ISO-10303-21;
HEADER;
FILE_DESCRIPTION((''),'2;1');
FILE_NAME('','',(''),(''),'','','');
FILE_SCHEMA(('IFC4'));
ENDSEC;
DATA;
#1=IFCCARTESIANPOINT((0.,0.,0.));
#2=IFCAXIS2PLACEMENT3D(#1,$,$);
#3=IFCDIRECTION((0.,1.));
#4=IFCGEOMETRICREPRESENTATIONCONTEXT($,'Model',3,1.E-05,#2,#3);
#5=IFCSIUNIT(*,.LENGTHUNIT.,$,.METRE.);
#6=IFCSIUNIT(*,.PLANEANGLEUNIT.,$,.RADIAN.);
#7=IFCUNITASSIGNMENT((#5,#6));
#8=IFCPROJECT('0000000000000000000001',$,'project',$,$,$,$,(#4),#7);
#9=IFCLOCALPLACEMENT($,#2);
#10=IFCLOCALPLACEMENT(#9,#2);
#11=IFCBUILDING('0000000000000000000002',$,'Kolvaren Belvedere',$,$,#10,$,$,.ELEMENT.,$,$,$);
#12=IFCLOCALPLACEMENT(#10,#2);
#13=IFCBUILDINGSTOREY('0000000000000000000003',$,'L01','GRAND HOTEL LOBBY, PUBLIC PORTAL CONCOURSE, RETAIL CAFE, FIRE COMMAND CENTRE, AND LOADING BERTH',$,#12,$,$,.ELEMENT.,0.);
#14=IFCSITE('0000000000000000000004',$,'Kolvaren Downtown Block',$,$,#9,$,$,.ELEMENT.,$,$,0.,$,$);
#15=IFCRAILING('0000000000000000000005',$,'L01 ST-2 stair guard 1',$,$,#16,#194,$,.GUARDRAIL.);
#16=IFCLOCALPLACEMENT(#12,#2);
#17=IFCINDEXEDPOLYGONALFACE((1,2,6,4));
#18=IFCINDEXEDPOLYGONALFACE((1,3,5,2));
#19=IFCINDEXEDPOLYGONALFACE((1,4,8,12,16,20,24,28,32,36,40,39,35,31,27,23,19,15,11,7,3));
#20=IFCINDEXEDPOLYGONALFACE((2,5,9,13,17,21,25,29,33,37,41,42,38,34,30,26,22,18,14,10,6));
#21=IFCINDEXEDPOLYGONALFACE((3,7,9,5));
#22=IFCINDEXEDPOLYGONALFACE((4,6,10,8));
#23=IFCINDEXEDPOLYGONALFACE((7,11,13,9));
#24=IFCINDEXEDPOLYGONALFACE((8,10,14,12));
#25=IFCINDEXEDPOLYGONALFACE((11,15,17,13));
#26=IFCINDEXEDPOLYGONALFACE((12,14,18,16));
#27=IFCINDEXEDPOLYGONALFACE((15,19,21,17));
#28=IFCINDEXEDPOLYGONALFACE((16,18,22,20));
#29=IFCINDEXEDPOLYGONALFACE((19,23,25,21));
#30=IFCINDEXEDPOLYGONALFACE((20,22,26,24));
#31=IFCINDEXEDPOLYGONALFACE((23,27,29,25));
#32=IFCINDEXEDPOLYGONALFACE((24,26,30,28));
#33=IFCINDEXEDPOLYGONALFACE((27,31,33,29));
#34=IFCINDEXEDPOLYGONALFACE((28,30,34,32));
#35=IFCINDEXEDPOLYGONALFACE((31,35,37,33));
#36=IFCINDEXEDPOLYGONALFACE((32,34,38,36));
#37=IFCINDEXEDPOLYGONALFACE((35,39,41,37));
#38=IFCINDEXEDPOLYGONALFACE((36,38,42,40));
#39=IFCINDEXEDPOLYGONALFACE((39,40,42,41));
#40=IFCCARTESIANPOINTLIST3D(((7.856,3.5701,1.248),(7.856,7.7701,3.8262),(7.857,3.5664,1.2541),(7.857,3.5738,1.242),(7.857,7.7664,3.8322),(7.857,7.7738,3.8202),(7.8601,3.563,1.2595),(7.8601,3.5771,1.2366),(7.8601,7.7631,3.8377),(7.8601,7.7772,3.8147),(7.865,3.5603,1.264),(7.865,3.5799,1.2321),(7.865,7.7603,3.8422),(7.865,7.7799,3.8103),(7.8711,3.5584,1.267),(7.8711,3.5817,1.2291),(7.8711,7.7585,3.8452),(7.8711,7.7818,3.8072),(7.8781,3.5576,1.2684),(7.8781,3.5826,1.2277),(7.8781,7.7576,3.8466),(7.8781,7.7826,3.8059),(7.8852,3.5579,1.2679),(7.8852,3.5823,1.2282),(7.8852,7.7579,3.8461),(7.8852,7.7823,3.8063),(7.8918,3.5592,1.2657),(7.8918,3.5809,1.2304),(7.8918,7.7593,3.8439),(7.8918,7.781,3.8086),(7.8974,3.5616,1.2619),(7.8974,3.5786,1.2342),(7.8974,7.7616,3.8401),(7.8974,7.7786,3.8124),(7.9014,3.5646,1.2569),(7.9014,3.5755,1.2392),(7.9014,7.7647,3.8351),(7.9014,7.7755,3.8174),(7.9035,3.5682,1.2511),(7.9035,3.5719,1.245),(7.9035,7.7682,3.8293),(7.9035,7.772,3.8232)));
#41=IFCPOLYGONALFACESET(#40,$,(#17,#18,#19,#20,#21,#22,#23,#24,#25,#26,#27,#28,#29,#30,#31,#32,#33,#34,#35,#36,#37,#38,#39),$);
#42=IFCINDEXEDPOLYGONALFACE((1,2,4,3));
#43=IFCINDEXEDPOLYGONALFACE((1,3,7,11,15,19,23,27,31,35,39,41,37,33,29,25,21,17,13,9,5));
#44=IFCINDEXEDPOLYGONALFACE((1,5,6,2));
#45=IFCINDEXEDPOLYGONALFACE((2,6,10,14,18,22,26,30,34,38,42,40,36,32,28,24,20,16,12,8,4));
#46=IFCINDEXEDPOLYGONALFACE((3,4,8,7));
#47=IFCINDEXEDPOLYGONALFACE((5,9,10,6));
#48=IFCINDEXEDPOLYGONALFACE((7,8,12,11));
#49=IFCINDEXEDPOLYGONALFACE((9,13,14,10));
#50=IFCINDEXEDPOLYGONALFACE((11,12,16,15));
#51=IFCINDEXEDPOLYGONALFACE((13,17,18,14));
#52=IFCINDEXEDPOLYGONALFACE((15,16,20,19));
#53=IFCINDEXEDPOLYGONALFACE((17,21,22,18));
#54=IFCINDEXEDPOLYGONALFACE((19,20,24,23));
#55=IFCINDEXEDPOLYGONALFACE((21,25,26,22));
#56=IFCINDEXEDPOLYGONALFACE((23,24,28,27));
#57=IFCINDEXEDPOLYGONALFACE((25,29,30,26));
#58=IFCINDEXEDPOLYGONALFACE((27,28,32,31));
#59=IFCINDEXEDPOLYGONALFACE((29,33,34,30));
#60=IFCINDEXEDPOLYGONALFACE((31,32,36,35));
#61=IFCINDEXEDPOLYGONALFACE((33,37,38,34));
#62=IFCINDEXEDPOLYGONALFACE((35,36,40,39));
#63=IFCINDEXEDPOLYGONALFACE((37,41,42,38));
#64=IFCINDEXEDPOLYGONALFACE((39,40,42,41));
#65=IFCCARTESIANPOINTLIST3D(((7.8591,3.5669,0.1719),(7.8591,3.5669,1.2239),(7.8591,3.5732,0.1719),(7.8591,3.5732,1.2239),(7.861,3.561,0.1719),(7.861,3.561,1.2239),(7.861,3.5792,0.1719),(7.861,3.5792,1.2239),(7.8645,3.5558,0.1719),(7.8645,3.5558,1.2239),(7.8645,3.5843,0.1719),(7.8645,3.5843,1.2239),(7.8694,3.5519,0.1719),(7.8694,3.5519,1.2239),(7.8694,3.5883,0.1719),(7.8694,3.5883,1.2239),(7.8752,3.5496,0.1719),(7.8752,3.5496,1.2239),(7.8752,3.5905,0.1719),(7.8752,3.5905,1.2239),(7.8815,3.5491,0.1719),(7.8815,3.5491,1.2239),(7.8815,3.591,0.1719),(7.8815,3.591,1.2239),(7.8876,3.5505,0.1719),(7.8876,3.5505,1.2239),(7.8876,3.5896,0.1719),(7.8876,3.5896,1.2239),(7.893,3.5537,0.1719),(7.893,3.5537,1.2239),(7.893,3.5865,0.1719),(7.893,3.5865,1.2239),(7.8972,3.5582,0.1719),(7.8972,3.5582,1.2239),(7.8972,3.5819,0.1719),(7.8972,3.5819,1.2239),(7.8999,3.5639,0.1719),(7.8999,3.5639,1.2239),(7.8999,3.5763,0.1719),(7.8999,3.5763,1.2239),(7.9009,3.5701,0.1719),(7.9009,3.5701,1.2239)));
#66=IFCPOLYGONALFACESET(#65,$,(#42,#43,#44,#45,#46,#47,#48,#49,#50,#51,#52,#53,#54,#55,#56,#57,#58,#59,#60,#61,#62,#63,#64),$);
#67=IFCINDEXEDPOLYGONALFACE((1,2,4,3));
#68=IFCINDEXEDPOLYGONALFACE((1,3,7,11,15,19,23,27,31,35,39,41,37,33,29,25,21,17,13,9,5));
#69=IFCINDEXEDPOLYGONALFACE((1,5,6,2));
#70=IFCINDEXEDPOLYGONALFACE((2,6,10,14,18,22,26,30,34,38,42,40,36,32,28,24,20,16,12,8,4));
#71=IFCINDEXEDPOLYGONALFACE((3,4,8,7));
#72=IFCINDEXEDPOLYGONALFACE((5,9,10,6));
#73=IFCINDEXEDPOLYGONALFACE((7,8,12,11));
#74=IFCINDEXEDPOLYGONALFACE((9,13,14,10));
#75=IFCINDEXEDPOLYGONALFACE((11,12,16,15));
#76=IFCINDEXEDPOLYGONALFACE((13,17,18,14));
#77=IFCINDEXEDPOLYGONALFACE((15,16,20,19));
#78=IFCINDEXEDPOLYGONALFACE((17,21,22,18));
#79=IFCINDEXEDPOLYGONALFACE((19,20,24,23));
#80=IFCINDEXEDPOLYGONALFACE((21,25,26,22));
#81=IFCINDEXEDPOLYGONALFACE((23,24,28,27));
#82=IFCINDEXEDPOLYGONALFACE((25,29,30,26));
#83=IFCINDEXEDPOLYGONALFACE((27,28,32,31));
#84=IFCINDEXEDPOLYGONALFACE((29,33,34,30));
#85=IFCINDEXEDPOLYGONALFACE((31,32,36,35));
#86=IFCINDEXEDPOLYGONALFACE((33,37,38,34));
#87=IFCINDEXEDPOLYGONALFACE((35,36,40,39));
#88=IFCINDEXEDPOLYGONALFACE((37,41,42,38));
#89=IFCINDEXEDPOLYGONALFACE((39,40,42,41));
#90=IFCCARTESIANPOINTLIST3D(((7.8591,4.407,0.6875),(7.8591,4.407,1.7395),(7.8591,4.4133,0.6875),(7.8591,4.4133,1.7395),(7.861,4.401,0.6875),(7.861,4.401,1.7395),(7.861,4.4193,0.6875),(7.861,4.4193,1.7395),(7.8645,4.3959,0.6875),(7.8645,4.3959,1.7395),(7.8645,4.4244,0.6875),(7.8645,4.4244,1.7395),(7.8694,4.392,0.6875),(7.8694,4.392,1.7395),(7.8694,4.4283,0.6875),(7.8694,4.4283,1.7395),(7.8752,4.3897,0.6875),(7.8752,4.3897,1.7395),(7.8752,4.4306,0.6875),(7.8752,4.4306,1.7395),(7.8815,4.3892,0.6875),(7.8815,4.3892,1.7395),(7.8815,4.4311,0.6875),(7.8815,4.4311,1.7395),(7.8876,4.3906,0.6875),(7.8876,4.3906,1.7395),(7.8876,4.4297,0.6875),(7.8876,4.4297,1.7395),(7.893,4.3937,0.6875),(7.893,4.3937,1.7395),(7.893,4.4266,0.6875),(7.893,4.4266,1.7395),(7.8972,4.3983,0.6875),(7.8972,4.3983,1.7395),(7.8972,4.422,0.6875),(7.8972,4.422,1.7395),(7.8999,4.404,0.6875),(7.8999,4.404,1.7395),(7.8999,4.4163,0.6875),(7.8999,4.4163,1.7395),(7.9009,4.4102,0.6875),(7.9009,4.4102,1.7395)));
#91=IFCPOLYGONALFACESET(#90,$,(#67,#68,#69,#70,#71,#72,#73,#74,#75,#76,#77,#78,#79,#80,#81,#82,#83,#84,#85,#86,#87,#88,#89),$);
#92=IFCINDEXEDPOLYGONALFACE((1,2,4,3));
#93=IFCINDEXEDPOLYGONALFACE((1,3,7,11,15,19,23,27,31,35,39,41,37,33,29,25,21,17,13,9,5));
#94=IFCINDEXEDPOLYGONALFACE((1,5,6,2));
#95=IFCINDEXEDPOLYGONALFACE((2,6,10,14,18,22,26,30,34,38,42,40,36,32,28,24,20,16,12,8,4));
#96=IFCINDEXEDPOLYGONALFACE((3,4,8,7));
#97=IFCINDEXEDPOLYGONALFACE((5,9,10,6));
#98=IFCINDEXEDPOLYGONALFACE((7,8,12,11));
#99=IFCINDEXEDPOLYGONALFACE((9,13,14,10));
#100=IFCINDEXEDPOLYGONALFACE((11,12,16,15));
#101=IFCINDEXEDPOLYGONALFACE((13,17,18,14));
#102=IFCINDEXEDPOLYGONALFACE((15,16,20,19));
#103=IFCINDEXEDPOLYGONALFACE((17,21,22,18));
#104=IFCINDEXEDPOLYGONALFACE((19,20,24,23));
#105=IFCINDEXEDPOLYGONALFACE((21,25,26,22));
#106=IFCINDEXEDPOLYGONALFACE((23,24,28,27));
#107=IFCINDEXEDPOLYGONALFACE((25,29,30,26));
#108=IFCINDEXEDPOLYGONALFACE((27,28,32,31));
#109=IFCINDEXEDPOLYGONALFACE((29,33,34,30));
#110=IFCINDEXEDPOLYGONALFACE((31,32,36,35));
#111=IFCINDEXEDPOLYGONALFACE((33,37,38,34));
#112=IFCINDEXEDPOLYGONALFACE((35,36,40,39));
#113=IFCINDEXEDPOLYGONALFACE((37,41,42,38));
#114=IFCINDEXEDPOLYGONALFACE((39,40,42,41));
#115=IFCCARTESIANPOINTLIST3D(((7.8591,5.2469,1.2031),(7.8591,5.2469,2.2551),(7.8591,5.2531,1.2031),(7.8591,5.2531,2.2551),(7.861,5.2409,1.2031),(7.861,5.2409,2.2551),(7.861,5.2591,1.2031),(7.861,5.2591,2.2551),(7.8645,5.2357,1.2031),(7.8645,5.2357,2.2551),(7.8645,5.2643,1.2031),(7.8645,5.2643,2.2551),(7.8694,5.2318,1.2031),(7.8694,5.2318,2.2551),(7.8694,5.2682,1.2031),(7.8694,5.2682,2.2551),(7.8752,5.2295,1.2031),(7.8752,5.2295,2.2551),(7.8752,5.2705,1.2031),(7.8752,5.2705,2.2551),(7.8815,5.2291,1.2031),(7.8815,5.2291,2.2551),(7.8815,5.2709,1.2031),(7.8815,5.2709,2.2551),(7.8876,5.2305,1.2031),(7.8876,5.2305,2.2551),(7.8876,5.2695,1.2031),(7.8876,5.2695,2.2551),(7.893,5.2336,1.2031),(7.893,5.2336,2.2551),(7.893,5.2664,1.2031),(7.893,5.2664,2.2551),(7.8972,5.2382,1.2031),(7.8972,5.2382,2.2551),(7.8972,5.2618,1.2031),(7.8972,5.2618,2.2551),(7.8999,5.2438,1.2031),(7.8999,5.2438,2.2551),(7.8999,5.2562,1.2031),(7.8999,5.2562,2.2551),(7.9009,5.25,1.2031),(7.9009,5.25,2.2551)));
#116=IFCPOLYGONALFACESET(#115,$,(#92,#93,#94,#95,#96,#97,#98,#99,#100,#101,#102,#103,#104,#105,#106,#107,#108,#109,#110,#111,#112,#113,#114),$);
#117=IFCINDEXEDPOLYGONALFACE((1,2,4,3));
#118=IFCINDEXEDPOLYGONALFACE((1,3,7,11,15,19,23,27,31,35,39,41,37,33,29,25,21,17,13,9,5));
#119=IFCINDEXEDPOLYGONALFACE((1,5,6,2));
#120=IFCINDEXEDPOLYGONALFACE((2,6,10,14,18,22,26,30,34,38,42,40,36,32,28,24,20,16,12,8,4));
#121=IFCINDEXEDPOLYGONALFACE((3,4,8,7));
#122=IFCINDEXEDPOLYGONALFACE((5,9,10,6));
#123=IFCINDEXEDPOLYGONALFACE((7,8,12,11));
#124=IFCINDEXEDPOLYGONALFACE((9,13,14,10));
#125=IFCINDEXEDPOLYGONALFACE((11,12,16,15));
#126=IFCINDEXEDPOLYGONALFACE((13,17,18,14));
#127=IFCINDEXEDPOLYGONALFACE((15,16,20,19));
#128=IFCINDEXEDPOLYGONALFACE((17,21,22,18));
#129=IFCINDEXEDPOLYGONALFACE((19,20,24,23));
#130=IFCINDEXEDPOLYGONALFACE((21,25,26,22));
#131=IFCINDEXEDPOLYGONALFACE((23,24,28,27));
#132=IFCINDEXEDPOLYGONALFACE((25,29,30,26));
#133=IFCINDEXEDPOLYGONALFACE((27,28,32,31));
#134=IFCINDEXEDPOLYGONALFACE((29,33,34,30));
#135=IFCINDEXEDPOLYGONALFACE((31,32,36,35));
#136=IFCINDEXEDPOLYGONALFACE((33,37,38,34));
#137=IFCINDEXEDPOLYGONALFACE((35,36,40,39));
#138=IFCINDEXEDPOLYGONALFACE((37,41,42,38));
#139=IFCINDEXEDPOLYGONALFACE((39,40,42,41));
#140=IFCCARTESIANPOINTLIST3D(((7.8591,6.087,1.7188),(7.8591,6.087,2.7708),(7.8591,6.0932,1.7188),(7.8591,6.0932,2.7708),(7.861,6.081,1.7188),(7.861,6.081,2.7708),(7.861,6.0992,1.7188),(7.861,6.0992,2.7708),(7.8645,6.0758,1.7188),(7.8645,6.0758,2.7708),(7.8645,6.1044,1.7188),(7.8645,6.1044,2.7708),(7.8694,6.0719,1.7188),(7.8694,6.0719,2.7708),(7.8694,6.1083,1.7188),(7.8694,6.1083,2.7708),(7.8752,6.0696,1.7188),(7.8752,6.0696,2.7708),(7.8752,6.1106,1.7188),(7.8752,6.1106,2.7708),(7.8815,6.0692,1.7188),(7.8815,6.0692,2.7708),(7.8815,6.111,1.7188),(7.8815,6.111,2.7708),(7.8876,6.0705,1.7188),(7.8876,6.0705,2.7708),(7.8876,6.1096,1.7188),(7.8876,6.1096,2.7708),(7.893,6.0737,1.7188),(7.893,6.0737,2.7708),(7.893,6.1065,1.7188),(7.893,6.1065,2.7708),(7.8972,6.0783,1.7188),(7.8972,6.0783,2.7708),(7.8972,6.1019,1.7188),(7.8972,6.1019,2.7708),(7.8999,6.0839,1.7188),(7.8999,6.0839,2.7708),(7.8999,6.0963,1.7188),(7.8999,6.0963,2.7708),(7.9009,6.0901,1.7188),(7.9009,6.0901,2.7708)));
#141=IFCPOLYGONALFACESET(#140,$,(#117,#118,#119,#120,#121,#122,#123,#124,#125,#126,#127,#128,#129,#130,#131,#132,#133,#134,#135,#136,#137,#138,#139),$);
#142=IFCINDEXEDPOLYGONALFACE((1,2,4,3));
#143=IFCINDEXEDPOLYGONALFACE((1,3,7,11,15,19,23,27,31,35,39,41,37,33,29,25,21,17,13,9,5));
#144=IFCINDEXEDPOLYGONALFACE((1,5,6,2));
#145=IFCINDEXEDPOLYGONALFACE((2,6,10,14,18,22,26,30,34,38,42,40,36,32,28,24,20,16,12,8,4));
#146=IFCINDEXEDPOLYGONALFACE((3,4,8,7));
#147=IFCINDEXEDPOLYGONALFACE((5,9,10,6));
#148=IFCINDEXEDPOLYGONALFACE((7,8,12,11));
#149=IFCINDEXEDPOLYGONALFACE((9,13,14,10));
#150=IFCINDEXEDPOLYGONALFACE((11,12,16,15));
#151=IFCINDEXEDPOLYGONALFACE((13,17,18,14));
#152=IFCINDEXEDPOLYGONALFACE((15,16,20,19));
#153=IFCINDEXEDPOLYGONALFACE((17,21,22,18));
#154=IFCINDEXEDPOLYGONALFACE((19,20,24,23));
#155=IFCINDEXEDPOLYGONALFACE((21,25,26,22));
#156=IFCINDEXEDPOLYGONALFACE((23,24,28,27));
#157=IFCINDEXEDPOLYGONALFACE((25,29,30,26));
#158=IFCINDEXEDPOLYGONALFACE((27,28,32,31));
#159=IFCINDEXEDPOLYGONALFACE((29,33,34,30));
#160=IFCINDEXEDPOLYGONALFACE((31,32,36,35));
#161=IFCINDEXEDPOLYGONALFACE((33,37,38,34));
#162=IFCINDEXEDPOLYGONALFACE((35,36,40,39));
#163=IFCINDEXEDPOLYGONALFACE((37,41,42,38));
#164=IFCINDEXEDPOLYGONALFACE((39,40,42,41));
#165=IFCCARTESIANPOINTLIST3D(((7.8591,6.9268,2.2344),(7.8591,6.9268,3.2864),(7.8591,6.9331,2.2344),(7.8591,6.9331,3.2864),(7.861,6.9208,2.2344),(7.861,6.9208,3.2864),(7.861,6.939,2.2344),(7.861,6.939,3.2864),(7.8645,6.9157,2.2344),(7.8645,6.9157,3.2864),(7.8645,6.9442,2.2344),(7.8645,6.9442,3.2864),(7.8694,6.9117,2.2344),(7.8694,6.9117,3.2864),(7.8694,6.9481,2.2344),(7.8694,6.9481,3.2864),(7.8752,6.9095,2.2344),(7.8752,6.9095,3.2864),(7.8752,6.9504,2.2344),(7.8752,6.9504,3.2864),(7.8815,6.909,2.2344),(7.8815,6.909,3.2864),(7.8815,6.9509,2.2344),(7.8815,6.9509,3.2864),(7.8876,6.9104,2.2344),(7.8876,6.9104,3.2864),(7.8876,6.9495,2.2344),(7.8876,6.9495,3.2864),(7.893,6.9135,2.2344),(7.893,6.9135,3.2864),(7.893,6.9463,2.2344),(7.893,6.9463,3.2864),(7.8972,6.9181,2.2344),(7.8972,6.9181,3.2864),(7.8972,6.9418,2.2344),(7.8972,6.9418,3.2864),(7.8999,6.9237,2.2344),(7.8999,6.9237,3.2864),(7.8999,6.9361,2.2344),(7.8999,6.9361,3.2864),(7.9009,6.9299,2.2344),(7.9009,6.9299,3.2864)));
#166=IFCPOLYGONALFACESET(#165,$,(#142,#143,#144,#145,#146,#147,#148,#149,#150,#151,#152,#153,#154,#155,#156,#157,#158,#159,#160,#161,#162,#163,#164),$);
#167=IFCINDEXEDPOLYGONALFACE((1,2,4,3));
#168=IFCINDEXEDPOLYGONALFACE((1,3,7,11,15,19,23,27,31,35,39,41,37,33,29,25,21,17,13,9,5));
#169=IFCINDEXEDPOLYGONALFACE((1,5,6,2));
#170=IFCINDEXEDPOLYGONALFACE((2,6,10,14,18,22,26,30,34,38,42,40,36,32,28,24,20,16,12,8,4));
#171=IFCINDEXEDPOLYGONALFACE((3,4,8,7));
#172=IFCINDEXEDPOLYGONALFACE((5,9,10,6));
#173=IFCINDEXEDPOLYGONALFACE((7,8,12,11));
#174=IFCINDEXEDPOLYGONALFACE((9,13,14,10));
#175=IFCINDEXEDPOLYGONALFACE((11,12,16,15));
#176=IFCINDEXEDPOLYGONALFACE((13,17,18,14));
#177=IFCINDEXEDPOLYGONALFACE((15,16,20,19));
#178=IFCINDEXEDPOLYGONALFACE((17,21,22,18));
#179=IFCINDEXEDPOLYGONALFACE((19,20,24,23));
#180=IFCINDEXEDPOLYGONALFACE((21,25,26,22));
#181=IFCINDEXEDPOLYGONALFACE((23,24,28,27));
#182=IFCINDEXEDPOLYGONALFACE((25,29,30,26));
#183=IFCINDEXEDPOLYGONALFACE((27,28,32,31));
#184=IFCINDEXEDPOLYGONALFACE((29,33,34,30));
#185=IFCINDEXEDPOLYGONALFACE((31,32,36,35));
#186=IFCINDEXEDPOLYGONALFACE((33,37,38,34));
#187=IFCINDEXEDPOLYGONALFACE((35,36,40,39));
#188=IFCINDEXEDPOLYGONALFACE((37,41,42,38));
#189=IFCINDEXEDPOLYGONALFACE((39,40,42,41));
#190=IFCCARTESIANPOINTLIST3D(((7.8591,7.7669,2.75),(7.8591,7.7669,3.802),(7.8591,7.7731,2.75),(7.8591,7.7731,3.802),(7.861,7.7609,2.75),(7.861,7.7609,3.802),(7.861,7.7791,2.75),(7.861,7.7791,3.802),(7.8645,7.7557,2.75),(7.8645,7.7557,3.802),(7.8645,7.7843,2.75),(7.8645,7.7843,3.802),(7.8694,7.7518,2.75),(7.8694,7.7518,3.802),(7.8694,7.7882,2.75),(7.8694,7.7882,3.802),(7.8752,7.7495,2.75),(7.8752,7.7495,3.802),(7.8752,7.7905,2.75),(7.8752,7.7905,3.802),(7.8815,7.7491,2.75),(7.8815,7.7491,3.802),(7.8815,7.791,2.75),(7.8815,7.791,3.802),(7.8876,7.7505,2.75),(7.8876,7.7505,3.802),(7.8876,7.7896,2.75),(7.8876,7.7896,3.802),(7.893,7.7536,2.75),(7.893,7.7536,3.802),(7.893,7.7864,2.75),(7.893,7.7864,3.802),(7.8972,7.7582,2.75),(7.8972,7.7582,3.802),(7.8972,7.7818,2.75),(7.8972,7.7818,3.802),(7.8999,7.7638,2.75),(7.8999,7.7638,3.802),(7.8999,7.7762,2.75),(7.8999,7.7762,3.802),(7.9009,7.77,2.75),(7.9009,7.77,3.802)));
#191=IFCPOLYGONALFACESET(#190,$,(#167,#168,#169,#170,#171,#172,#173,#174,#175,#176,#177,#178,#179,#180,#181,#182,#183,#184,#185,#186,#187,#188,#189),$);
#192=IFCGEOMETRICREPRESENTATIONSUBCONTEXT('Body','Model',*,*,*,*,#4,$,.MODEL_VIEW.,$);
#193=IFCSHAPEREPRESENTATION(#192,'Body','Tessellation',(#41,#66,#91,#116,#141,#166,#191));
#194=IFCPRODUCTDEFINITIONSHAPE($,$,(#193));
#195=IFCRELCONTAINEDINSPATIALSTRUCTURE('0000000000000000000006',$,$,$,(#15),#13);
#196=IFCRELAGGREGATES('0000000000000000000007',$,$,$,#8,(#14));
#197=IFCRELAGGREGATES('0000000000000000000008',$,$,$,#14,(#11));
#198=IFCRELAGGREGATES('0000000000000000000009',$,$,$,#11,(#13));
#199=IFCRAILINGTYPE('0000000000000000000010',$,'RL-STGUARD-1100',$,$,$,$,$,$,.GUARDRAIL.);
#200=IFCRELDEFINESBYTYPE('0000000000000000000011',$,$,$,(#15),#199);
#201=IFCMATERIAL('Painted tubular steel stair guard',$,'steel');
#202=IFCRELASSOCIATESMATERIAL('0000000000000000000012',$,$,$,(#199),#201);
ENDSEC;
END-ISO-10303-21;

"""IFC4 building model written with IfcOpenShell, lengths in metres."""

from ifc_helpers import new_model, si_unit, direction, frame, origin, origin_2d, place, context, subcontext, project, spatial, circle, extrude, material, type_object, element, save


model = new_model("IFC4")

# Units and contexts
model_context = context("Model", 3, precision=1e-05, world=origin(), true_north=direction((0.0, 1.0)))
body_context = subcontext(model_context, "Body", "Model", "MODEL_VIEW")
ifc_project = project(units=[si_unit("LENGTHUNIT", "METRE"), si_unit("PLANEANGLEUNIT", "RADIAN")], contexts=[model_context])

# Site, building, storey
site_placement = place(None, origin())
site = spatial("IfcSite", under=ifc_project, at=site_placement, Name="Kolvaren Downtown Block", CompositionType="ELEMENT", RefElevation=0.0)
building_placement = place(site_placement, origin())
building = spatial("IfcBuilding", under=site, at=building_placement, Name="Kolvaren Belvedere", CompositionType="ELEMENT")
storey_placement = place(building_placement, origin())
storey = spatial("IfcBuildingStorey", under=building, at=storey_placement, Name="L01", Description="GRAND HOTEL LOBBY, PUBLIC PORTAL CONCOURSE, RETAIL CAFE, FIRE COMMAND CENTRE, AND LOADING BERTH", CompositionType="ELEMENT", Elevation=0.0)

# Railing
ifc_material_1 = material(Name="Painted tubular steel stair guard", Category="steel")
railing_type_1 = type_object("IfcRailingType", Name="RL-STGUARD-1100", PredefinedType="GUARDRAIL", material=ifc_material_1)
railing_1_placement = place(storey_placement, frame((7.8799, 3.5701, 0.1719)))
element("IfcRailing", 1, at=railing_1_placement, inside=storey, type_object=railing_type_1, Name="L01 ST-2 stair guard 1", PredefinedType="GUARDRAIL", context=body_context, shape_type="SweptSolid", body=[
    extrude(circle(Radius=0.0239, at=origin_2d()), frame((0.0, 0.0, 1.0762), z_axis=(0.0, 0.852243, 0.523146), x_axis=(-1.0, 0.0, 0.0)), (0.0, 0.0, 1.0), 4.9282),
    extrude(circle(Radius=0.021, at=origin_2d()), origin(), (0.0, 0.0, 1.0), 1.052),
    extrude(circle(Radius=0.021, at=origin_2d()), frame((0.0, 0.8401, 0.5156)), (0.0, 0.0, 1.0), 1.052),
    extrude(circle(Radius=0.021, at=origin_2d()), frame((0.0, 1.6799, 1.0312)), (0.0, 0.0, 1.0), 1.052),
    extrude(circle(Radius=0.021, at=origin_2d()), frame((0.0, 2.52, 1.5469)), (0.0, 0.0, 1.0), 1.052),
    extrude(circle(Radius=0.021, at=origin_2d()), frame((0.0, 3.3599, 2.0625)), (0.0, 0.0, 1.0), 1.052),
    extrude(circle(Radius=0.021, at=origin_2d()), frame((0.0, 4.2, 2.5781)), (0.0, 0.0, 1.0), 1.052),
])

save(model, "model.ifc")
